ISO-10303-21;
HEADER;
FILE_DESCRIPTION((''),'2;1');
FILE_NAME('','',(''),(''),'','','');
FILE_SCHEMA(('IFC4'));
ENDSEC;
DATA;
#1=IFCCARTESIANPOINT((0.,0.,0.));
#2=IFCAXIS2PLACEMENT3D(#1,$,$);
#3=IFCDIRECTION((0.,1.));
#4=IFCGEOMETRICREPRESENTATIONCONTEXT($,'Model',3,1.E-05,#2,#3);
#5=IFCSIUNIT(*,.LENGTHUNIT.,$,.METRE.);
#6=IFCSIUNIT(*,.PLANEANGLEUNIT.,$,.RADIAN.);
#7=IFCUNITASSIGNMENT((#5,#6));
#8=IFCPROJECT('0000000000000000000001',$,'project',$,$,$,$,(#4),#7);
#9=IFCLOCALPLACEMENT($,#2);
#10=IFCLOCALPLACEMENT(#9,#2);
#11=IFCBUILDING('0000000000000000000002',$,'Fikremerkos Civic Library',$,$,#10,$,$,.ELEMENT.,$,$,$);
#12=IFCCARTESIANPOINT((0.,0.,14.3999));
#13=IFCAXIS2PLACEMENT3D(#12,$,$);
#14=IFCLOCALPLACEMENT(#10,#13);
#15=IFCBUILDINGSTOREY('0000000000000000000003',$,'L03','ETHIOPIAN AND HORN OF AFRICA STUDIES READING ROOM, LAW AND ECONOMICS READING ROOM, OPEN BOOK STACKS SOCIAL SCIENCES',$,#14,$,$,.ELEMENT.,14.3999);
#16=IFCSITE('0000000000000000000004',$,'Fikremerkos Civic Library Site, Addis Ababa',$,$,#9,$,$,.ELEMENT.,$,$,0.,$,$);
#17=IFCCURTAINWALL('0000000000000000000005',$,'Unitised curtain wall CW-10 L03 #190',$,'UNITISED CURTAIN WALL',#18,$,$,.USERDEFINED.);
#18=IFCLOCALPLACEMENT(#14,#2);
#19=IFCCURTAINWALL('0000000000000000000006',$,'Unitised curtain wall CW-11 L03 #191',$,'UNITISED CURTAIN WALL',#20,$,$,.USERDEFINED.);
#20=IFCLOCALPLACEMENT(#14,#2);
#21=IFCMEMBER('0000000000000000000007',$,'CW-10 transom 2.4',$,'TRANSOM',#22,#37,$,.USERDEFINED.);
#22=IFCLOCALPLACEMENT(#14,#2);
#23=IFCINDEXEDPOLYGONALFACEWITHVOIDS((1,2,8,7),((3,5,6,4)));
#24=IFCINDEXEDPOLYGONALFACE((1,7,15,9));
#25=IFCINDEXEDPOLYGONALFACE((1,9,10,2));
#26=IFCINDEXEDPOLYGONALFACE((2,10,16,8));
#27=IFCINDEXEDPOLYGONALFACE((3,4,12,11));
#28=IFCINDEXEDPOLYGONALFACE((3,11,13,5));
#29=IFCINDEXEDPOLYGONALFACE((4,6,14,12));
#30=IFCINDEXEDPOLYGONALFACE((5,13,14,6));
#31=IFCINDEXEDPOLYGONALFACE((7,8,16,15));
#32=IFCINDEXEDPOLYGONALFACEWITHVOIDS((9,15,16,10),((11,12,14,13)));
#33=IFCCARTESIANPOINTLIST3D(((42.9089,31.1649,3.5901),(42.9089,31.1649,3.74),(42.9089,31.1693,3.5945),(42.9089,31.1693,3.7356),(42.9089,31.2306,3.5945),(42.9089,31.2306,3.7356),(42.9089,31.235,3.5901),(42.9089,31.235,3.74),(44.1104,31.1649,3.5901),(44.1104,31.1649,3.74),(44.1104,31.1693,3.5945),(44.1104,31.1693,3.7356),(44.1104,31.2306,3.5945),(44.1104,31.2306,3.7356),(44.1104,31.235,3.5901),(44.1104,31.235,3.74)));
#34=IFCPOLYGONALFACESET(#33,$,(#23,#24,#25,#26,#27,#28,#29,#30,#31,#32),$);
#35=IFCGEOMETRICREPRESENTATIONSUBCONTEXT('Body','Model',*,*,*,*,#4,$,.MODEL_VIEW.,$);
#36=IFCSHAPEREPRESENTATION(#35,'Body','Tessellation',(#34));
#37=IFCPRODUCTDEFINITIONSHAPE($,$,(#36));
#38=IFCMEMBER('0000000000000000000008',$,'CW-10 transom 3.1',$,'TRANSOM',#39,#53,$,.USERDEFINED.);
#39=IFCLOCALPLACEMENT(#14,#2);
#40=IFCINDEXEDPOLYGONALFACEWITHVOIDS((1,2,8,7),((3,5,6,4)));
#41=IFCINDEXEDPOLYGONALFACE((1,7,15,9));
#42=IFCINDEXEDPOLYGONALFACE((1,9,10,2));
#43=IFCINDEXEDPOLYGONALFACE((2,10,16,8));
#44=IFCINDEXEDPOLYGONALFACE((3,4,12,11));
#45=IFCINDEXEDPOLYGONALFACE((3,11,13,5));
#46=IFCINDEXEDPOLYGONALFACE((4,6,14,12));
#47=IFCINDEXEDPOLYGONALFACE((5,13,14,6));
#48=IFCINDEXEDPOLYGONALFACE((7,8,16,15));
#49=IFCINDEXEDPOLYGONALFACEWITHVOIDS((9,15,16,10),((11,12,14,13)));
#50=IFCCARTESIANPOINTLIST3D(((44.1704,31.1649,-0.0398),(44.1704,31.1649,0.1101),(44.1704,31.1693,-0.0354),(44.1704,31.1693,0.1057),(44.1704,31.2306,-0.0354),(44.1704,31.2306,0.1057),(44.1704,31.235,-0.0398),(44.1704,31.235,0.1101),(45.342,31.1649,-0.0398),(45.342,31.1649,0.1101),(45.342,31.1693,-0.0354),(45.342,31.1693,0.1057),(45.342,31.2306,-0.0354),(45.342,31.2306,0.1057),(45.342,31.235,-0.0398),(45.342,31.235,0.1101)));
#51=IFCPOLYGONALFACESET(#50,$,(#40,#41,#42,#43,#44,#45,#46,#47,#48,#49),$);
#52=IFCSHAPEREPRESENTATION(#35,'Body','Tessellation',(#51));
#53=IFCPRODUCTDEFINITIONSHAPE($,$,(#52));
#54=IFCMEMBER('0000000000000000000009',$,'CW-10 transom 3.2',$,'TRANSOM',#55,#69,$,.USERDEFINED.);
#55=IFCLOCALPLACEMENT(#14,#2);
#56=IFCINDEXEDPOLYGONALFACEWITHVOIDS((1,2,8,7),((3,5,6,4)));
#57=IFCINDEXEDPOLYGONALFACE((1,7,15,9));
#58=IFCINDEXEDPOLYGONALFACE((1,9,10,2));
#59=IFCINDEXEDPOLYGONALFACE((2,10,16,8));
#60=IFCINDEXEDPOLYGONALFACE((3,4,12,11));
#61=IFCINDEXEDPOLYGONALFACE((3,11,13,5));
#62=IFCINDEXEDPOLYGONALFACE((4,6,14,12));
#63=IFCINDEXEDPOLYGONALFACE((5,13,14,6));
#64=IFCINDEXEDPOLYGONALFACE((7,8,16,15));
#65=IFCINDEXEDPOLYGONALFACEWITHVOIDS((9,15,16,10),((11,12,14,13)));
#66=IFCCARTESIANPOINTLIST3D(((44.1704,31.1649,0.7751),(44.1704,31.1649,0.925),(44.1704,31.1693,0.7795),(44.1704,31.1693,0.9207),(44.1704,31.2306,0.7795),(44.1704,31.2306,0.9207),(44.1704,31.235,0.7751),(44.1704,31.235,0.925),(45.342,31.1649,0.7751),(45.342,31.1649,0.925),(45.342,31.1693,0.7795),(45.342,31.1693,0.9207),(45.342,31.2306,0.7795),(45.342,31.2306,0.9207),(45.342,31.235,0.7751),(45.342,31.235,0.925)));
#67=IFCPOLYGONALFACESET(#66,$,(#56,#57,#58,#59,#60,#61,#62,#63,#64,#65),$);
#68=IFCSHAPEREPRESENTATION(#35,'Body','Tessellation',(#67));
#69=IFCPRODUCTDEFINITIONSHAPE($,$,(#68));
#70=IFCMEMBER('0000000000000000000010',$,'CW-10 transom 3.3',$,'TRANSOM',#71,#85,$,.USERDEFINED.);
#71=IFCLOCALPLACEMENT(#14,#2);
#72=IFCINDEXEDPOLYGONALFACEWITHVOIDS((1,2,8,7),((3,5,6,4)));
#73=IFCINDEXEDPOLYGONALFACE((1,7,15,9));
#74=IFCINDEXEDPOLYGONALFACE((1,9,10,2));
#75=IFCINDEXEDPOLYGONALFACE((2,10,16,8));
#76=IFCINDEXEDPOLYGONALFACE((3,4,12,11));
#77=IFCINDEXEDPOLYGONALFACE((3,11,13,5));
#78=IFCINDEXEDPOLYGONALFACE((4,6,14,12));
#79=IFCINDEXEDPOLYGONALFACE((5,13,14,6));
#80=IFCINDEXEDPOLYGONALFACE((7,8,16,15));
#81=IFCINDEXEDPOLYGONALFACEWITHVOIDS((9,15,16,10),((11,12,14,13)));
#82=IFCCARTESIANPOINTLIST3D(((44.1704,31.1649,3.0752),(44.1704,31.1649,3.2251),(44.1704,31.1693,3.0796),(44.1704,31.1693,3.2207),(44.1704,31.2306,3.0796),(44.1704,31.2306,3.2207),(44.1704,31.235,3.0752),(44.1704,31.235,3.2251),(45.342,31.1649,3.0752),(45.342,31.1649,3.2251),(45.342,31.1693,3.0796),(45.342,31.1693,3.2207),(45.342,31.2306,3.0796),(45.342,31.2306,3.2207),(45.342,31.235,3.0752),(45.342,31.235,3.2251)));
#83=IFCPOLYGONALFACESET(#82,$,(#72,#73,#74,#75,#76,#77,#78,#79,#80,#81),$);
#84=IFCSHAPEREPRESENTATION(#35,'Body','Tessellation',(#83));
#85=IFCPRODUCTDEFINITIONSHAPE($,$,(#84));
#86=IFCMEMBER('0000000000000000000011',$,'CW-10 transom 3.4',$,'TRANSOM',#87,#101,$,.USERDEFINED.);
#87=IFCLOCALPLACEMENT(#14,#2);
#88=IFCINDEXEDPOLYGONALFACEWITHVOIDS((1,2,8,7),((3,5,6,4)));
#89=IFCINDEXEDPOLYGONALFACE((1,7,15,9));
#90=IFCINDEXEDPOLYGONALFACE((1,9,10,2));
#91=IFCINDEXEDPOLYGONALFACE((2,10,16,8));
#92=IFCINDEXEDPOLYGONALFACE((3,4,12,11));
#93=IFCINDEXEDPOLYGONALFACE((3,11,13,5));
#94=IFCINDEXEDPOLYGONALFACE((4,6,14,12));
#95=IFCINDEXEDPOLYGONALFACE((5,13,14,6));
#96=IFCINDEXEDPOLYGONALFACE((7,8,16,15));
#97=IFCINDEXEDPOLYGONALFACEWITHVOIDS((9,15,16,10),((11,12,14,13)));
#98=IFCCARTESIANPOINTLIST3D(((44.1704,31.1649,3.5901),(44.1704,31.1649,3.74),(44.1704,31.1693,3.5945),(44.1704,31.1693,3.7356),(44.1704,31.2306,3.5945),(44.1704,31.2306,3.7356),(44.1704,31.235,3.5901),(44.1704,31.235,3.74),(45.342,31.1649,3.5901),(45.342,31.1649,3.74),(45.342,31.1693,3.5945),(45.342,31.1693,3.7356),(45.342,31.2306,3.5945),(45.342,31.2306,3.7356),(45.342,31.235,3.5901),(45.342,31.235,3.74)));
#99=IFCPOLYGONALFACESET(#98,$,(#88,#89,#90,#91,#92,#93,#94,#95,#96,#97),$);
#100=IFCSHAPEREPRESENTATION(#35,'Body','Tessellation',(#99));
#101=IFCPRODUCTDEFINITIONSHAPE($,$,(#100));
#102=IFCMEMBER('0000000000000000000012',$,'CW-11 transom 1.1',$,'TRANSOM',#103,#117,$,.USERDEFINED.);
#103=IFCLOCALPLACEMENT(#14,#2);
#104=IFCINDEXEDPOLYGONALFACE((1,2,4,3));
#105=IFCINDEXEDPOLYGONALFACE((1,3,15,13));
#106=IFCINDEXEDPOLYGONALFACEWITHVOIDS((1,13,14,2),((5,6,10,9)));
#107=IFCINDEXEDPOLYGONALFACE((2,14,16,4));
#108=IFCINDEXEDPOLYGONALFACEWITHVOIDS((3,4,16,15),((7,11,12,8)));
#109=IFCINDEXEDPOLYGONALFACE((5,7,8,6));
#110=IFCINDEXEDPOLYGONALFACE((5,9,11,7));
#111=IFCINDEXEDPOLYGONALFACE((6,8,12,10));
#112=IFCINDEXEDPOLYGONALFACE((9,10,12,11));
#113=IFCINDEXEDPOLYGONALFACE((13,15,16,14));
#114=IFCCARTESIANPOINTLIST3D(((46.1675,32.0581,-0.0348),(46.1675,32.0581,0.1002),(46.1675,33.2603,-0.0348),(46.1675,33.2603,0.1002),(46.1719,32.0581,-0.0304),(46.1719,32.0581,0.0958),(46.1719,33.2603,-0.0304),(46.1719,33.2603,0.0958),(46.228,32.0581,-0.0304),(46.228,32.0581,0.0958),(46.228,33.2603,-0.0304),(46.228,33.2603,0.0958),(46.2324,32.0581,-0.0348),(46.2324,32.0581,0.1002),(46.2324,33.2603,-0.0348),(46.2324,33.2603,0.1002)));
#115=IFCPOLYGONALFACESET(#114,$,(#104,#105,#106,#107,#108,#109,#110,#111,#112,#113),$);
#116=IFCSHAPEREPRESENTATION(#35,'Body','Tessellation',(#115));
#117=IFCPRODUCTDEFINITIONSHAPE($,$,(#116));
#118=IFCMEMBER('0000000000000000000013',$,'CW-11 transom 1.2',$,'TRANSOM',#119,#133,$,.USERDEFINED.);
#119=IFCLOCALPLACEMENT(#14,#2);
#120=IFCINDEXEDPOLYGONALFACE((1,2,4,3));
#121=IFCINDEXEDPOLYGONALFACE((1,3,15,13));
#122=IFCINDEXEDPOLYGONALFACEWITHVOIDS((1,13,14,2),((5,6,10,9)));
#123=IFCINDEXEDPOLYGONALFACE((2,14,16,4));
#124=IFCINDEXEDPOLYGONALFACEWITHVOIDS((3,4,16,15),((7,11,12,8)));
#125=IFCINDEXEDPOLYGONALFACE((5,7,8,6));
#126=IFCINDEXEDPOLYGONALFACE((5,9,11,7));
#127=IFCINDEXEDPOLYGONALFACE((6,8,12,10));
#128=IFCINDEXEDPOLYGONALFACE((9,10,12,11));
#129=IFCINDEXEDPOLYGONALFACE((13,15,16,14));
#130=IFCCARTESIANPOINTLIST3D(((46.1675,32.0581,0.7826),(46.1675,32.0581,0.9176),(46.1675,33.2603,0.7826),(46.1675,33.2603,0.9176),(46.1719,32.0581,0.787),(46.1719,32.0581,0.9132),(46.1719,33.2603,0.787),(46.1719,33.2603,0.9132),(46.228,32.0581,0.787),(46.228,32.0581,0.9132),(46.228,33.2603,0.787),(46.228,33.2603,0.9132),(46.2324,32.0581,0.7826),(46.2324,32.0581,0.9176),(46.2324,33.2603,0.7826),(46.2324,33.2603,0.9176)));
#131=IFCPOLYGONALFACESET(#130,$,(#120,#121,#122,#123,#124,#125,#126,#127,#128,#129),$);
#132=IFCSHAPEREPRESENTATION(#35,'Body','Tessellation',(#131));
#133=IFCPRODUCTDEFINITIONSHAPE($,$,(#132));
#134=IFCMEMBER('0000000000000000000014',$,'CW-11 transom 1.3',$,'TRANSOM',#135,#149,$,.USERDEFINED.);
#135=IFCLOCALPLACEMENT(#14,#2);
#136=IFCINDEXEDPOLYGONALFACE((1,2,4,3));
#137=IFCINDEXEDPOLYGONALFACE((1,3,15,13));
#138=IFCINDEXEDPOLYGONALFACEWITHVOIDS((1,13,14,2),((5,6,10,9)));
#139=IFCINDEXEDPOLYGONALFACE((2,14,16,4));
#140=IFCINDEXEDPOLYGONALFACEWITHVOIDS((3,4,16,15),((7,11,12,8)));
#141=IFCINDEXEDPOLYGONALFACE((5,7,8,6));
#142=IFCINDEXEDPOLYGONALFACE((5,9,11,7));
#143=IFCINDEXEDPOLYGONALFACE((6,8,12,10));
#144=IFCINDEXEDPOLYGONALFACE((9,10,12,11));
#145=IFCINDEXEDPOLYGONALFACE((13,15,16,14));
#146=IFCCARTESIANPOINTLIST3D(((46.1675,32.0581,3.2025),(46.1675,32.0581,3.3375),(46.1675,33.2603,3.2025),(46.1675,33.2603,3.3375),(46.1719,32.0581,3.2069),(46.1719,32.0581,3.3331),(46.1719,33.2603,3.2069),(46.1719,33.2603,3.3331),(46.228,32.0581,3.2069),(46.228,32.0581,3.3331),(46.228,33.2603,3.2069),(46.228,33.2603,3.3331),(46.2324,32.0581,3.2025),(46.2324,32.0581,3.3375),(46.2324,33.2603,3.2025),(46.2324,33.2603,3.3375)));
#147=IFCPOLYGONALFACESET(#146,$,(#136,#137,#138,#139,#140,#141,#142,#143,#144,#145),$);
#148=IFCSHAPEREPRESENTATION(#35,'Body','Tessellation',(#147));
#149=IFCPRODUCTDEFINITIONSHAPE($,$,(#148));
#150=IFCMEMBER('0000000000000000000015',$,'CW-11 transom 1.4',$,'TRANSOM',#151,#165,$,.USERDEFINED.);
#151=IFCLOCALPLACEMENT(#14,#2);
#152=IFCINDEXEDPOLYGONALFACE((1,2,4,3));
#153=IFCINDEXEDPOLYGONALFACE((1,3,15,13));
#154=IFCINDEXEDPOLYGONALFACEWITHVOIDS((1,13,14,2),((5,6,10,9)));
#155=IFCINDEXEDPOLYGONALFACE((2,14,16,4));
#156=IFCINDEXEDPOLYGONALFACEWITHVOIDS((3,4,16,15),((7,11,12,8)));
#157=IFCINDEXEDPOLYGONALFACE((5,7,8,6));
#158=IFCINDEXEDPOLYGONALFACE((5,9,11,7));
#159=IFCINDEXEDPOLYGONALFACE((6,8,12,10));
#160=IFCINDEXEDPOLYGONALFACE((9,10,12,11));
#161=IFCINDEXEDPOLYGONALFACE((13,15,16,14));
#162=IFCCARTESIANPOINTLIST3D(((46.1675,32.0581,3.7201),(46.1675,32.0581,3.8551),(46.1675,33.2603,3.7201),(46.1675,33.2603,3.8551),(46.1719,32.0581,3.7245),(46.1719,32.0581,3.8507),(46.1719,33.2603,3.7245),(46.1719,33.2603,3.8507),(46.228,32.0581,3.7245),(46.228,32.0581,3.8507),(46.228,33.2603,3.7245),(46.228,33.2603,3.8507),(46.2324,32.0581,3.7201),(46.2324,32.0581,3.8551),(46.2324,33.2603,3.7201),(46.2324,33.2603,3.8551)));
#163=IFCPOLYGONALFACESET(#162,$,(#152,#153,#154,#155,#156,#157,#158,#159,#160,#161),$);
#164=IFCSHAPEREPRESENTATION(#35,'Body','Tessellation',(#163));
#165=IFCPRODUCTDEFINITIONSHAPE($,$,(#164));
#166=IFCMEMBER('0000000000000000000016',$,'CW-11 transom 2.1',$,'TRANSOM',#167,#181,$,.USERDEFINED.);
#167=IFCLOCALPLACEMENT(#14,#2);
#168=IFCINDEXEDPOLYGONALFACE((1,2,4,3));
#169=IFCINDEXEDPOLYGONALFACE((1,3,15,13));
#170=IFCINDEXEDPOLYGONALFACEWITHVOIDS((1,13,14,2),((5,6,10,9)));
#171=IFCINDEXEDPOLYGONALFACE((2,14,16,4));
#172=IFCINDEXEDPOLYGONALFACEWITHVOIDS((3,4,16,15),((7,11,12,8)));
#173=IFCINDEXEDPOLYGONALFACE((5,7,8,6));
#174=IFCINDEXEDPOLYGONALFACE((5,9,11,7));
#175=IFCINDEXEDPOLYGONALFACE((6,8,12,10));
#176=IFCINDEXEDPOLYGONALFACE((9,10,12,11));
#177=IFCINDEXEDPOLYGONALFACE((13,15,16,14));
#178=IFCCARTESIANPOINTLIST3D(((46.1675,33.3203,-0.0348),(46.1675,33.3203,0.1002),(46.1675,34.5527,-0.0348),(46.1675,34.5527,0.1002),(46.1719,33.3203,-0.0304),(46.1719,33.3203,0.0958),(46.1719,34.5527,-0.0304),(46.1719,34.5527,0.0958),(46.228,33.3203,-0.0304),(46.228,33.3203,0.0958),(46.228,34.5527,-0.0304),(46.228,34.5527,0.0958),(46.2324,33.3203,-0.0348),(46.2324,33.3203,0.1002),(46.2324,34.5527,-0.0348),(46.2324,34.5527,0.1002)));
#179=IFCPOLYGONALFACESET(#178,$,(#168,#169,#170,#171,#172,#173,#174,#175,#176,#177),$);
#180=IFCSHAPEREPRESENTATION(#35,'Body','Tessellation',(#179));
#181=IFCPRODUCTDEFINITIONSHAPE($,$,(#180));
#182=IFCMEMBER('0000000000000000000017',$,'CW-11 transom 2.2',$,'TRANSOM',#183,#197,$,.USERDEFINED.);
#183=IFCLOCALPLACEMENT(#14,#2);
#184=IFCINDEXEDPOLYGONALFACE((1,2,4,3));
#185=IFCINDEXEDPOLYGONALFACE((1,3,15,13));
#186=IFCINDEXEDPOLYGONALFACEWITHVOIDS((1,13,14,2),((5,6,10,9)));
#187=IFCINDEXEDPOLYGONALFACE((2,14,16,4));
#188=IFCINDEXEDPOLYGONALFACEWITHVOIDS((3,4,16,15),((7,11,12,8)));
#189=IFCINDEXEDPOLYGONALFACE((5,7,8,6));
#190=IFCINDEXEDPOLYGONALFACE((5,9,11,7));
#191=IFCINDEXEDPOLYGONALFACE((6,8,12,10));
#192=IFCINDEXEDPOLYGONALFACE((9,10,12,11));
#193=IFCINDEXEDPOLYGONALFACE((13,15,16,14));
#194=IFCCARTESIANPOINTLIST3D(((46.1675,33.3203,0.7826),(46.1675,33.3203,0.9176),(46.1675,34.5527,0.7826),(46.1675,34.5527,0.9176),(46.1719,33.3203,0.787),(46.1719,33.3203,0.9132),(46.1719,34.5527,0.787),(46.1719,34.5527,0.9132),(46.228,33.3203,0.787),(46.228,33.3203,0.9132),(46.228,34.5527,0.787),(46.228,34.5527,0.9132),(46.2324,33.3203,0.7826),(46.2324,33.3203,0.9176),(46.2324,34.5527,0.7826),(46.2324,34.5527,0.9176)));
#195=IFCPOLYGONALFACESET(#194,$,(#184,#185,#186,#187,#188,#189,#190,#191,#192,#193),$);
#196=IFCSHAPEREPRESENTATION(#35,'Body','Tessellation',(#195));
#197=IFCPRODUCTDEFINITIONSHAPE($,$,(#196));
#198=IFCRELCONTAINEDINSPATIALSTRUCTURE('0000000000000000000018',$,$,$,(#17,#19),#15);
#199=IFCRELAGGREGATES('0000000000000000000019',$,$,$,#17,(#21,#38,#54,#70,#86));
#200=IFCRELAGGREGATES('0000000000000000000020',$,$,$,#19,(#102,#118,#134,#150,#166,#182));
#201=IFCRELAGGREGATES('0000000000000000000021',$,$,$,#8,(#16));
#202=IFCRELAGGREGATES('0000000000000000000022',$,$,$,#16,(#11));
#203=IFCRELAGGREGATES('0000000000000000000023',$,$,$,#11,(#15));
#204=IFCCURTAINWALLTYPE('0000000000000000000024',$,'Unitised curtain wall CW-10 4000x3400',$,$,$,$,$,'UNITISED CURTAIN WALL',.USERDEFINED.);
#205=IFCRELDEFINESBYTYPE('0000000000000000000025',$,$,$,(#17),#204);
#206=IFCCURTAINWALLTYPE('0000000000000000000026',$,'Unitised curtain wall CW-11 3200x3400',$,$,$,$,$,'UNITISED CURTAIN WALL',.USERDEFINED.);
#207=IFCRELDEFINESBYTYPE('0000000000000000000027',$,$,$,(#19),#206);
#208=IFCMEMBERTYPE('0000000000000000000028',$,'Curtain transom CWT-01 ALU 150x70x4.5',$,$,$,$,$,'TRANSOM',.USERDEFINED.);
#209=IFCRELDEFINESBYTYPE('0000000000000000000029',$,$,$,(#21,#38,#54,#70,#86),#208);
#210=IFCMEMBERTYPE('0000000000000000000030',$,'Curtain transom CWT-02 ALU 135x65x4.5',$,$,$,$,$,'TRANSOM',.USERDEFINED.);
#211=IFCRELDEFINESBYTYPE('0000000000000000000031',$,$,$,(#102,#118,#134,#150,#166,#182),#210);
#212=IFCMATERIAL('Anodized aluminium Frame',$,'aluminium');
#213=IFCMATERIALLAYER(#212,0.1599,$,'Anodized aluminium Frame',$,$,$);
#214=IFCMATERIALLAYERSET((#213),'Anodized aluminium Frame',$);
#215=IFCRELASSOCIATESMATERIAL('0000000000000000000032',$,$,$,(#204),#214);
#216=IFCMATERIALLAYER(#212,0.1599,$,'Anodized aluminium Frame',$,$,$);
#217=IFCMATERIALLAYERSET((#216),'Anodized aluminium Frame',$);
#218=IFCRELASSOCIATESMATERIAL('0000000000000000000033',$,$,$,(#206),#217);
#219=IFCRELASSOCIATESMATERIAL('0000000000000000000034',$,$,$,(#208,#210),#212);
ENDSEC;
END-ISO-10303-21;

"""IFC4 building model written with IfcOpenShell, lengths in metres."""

from ifc_helpers import new_model, si_unit, direction, frame, origin, origin_2d, place, context, subcontext, project, spatial, hollow_rectangle, extrude, material, layer, layer_set, material_profile, profile_set, type_object, element, aggregate, save


model = new_model("IFC4")

# Units and contexts
model_context = context("Model", 3, precision=1e-05, world=origin(), true_north=direction((0.0, 1.0)))
body_context = subcontext(model_context, "Body", "Model", "MODEL_VIEW")
ifc_project = project(units=[si_unit("LENGTHUNIT", "METRE"), si_unit("PLANEANGLEUNIT", "RADIAN")], contexts=[model_context])

# Site, building, storey
site_placement = place(None, origin())
site = spatial("IfcSite", under=ifc_project, at=site_placement, Name="Fikremerkos Civic Library Site, Addis Ababa", CompositionType="ELEMENT", RefElevation=0.0)
building_placement = place(site_placement, origin())
building = spatial("IfcBuilding", under=site, at=building_placement, Name="Fikremerkos Civic Library", CompositionType="ELEMENT")
storey_placement = place(building_placement, frame((0.0, 0.0, 14.3999)))
storey = spatial("IfcBuildingStorey", under=building, at=storey_placement, Name="L03", Description="ETHIOPIAN AND HORN OF AFRICA STUDIES READING ROOM, LAW AND ECONOMICS READING ROOM, OPEN BOOK STACKS SOCIAL SCIENCES", CompositionType="ELEMENT", Elevation=14.3999)

# Curtain walls
ifc_material_1 = material(Name="Anodized aluminium Frame", Category="aluminium")
ifc_layer_1 = layer(ifc_material_1, 0.1599, Name="Anodized aluminium Frame")
ifc_layer_set_1 = layer_set([ifc_layer_1], Name="Anodized aluminium Frame")
curtain_wall_type_1 = type_object("IfcCurtainWallType", Name="Unitised curtain wall CW-10 4000x3400", ElementType="UNITISED CURTAIN WALL", PredefinedType="USERDEFINED", material=ifc_layer_set_1)
curtain_wall_1_placement = place(storey_placement, origin())
curtain_wall_1 = element("IfcCurtainWall", 1, at=curtain_wall_1_placement, inside=storey, type_object=curtain_wall_type_1, Name="Unitised curtain wall CW-10 L03 #190", ObjectType="UNITISED CURTAIN WALL", PredefinedType="USERDEFINED")
ifc_layer_2 = layer(ifc_material_1, 0.1599, Name="Anodized aluminium Frame")
ifc_layer_set_2 = layer_set([ifc_layer_2], Name="Anodized aluminium Frame")
curtain_wall_type_2 = type_object("IfcCurtainWallType", Name="Unitised curtain wall CW-11 3200x3400", ElementType="UNITISED CURTAIN WALL", PredefinedType="USERDEFINED", material=ifc_layer_set_2)
curtain_wall_2_placement = place(storey_placement, origin())
curtain_wall_2 = element("IfcCurtainWall", 2, at=curtain_wall_2_placement, inside=storey, type_object=curtain_wall_type_2, Name="Unitised curtain wall CW-11 L03 #191", ObjectType="UNITISED CURTAIN WALL", PredefinedType="USERDEFINED")

# Members
ifc_material_profile_1 = material_profile(ifc_material_1, hollow_rectangle(XDim=0.0701, YDim=0.1499, WallThickness=0.0044, at=origin_2d()), Name="ALU 150x70x4.5")
ifc_profile_set_1 = profile_set([ifc_material_profile_1], Name="Anodized aluminium Frame")
member_type_1 = type_object("IfcMemberType", Name="Curtain transom CWT-01 ALU 150x70x4.5", ElementType="TRANSOM", PredefinedType="USERDEFINED", material=ifc_profile_set_1)
member_1_placement = place(storey_placement, frame((42.9089, 31.2, 3.665), z_axis=(1.0, 0.0, 0.0), x_axis=(0.0, 1.0, 0.0)))
member_1 = element("IfcMember", 3, at=member_1_placement, type_object=member_type_1, Name="CW-10 transom 2.4", ObjectType="TRANSOM", PredefinedType="USERDEFINED", context=body_context, shape_type="SweptSolid", body=[
    extrude(hollow_rectangle(XDim=0.0701, YDim=0.1499, WallThickness=0.0044, at=origin_2d()), origin(), (0.0, 0.0, 1.0), 1.2014),
])
member_2_placement = place(storey_placement, frame((44.1704, 31.2, 0.0352), z_axis=(1.0, 0.0, 0.0), x_axis=(0.0, 1.0, 0.0)))
member_2 = element("IfcMember", 4, at=member_2_placement, type_object=member_type_1, Name="CW-10 transom 3.1", ObjectType="TRANSOM", PredefinedType="USERDEFINED", context=body_context, shape_type="SweptSolid", body=[
    extrude(hollow_rectangle(XDim=0.0701, YDim=0.1499, WallThickness=0.0044, at=origin_2d()), origin(), (0.0, 0.0, 1.0), 1.1716),
])
member_3_placement = place(storey_placement, frame((44.1704, 31.2, 0.8501), z_axis=(1.0, 0.0, 0.0), x_axis=(0.0, 1.0, 0.0)))
member_3 = element("IfcMember", 5, at=member_3_placement, type_object=member_type_1, Name="CW-10 transom 3.2", ObjectType="TRANSOM", PredefinedType="USERDEFINED", context=body_context, shape_type="SweptSolid", body=[
    extrude(hollow_rectangle(XDim=0.0701, YDim=0.1499, WallThickness=0.0044, at=origin_2d()), origin(), (0.0, 0.0, 1.0), 1.1716),
])
member_4_placement = place(storey_placement, frame((44.1704, 31.2, 3.1501), z_axis=(1.0, 0.0, 0.0), x_axis=(0.0, 1.0, 0.0)))
member_4 = element("IfcMember", 6, at=member_4_placement, type_object=member_type_1, Name="CW-10 transom 3.3", ObjectType="TRANSOM", PredefinedType="USERDEFINED", context=body_context, shape_type="SweptSolid", body=[
    extrude(hollow_rectangle(XDim=0.0701, YDim=0.1499, WallThickness=0.0044, at=origin_2d()), origin(), (0.0, 0.0, 1.0), 1.1716),
])
member_5_placement = place(storey_placement, frame((44.1704, 31.2, 3.665), z_axis=(1.0, 0.0, 0.0), x_axis=(0.0, 1.0, 0.0)))
member_5 = element("IfcMember", 7, at=member_5_placement, type_object=member_type_1, Name="CW-10 transom 3.4", ObjectType="TRANSOM", PredefinedType="USERDEFINED", context=body_context, shape_type="SweptSolid", body=[
    extrude(hollow_rectangle(XDim=0.0701, YDim=0.1499, WallThickness=0.0044, at=origin_2d()), origin(), (0.0, 0.0, 1.0), 1.1716),
])
ifc_material_profile_2 = material_profile(ifc_material_1, hollow_rectangle(XDim=0.0649, YDim=0.135, WallThickness=0.0044, at=origin_2d()), Name="ALU 135x65x4.5")
ifc_profile_set_2 = profile_set([ifc_material_profile_2], Name="Anodized aluminium Frame")
member_type_2 = type_object("IfcMemberType", Name="Curtain transom CWT-02 ALU 135x65x4.5", ElementType="TRANSOM", PredefinedType="USERDEFINED", material=ifc_profile_set_2)
member_6_placement = place(storey_placement, frame((46.2, 32.0581, 0.0327), z_axis=(0.0, 1.0, 0.0), x_axis=(-1.0, 0.0, 0.0)))
member_6 = element("IfcMember", 8, at=member_6_placement, type_object=member_type_2, Name="CW-11 transom 1.1", ObjectType="TRANSOM", PredefinedType="USERDEFINED", context=body_context, shape_type="SweptSolid", body=[
    extrude(hollow_rectangle(XDim=0.0649, YDim=0.135, WallThickness=0.0044, at=origin_2d()), origin(), (0.0, 0.0, 1.0), 1.2021),
])
member_7_placement = place(storey_placement, frame((46.2, 32.0581, 0.8501), z_axis=(0.0, 1.0, 0.0), x_axis=(-1.0, 0.0, 0.0)))
member_7 = element("IfcMember", 9, at=member_7_placement, type_object=member_type_2, Name="CW-11 transom 1.2", ObjectType="TRANSOM", PredefinedType="USERDEFINED", context=body_context, shape_type="SweptSolid", body=[
    extrude(hollow_rectangle(XDim=0.0649, YDim=0.135, WallThickness=0.0044, at=origin_2d()), origin(), (0.0, 0.0, 1.0), 1.2021),
])
member_8_placement = place(storey_placement, frame((46.2, 32.0581, 3.27), z_axis=(0.0, 1.0, 0.0), x_axis=(-1.0, 0.0, 0.0)))
member_8 = element("IfcMember", 10, at=member_8_placement, type_object=member_type_2, Name="CW-11 transom 1.3", ObjectType="TRANSOM", PredefinedType="USERDEFINED", context=body_context, shape_type="SweptSolid", body=[
    extrude(hollow_rectangle(XDim=0.0649, YDim=0.135, WallThickness=0.0044, at=origin_2d()), origin(), (0.0, 0.0, 1.0), 1.2021),
])
member_9_placement = place(storey_placement, frame((46.2, 32.0581, 3.7876), z_axis=(0.0, 1.0, 0.0), x_axis=(-1.0, 0.0, 0.0)))
member_9 = element("IfcMember", 11, at=member_9_placement, type_object=member_type_2, Name="CW-11 transom 1.4", ObjectType="TRANSOM", PredefinedType="USERDEFINED", context=body_context, shape_type="SweptSolid", body=[
    extrude(hollow_rectangle(XDim=0.0649, YDim=0.135, WallThickness=0.0044, at=origin_2d()), origin(), (0.0, 0.0, 1.0), 1.2021),
])
member_10_placement = place(storey_placement, frame((46.2, 33.3203, 0.0327), z_axis=(0.0, 1.0, 0.0), x_axis=(-1.0, 0.0, 0.0)))
member_10 = element("IfcMember", 12, at=member_10_placement, type_object=member_type_2, Name="CW-11 transom 2.1", ObjectType="TRANSOM", PredefinedType="USERDEFINED", context=body_context, shape_type="SweptSolid", body=[
    extrude(hollow_rectangle(XDim=0.0649, YDim=0.135, WallThickness=0.0044, at=origin_2d()), origin(), (0.0, 0.0, 1.0), 1.2324),
])
member_11_placement = place(storey_placement, frame((46.2, 33.3203, 0.8501), z_axis=(0.0, 1.0, 0.0), x_axis=(-1.0, 0.0, 0.0)))
member_11 = element("IfcMember", 13, at=member_11_placement, type_object=member_type_2, Name="CW-11 transom 2.2", ObjectType="TRANSOM", PredefinedType="USERDEFINED", context=body_context, shape_type="SweptSolid", body=[
    extrude(hollow_rectangle(XDim=0.0649, YDim=0.135, WallThickness=0.0044, at=origin_2d()), origin(), (0.0, 0.0, 1.0), 1.2324),
])

aggregate(curtain_wall_1, [member_1, member_2, member_3, member_4, member_5])
aggregate(curtain_wall_2, [member_6, member_7, member_8, member_9, member_10, member_11])

save(model, "model.ifc")
